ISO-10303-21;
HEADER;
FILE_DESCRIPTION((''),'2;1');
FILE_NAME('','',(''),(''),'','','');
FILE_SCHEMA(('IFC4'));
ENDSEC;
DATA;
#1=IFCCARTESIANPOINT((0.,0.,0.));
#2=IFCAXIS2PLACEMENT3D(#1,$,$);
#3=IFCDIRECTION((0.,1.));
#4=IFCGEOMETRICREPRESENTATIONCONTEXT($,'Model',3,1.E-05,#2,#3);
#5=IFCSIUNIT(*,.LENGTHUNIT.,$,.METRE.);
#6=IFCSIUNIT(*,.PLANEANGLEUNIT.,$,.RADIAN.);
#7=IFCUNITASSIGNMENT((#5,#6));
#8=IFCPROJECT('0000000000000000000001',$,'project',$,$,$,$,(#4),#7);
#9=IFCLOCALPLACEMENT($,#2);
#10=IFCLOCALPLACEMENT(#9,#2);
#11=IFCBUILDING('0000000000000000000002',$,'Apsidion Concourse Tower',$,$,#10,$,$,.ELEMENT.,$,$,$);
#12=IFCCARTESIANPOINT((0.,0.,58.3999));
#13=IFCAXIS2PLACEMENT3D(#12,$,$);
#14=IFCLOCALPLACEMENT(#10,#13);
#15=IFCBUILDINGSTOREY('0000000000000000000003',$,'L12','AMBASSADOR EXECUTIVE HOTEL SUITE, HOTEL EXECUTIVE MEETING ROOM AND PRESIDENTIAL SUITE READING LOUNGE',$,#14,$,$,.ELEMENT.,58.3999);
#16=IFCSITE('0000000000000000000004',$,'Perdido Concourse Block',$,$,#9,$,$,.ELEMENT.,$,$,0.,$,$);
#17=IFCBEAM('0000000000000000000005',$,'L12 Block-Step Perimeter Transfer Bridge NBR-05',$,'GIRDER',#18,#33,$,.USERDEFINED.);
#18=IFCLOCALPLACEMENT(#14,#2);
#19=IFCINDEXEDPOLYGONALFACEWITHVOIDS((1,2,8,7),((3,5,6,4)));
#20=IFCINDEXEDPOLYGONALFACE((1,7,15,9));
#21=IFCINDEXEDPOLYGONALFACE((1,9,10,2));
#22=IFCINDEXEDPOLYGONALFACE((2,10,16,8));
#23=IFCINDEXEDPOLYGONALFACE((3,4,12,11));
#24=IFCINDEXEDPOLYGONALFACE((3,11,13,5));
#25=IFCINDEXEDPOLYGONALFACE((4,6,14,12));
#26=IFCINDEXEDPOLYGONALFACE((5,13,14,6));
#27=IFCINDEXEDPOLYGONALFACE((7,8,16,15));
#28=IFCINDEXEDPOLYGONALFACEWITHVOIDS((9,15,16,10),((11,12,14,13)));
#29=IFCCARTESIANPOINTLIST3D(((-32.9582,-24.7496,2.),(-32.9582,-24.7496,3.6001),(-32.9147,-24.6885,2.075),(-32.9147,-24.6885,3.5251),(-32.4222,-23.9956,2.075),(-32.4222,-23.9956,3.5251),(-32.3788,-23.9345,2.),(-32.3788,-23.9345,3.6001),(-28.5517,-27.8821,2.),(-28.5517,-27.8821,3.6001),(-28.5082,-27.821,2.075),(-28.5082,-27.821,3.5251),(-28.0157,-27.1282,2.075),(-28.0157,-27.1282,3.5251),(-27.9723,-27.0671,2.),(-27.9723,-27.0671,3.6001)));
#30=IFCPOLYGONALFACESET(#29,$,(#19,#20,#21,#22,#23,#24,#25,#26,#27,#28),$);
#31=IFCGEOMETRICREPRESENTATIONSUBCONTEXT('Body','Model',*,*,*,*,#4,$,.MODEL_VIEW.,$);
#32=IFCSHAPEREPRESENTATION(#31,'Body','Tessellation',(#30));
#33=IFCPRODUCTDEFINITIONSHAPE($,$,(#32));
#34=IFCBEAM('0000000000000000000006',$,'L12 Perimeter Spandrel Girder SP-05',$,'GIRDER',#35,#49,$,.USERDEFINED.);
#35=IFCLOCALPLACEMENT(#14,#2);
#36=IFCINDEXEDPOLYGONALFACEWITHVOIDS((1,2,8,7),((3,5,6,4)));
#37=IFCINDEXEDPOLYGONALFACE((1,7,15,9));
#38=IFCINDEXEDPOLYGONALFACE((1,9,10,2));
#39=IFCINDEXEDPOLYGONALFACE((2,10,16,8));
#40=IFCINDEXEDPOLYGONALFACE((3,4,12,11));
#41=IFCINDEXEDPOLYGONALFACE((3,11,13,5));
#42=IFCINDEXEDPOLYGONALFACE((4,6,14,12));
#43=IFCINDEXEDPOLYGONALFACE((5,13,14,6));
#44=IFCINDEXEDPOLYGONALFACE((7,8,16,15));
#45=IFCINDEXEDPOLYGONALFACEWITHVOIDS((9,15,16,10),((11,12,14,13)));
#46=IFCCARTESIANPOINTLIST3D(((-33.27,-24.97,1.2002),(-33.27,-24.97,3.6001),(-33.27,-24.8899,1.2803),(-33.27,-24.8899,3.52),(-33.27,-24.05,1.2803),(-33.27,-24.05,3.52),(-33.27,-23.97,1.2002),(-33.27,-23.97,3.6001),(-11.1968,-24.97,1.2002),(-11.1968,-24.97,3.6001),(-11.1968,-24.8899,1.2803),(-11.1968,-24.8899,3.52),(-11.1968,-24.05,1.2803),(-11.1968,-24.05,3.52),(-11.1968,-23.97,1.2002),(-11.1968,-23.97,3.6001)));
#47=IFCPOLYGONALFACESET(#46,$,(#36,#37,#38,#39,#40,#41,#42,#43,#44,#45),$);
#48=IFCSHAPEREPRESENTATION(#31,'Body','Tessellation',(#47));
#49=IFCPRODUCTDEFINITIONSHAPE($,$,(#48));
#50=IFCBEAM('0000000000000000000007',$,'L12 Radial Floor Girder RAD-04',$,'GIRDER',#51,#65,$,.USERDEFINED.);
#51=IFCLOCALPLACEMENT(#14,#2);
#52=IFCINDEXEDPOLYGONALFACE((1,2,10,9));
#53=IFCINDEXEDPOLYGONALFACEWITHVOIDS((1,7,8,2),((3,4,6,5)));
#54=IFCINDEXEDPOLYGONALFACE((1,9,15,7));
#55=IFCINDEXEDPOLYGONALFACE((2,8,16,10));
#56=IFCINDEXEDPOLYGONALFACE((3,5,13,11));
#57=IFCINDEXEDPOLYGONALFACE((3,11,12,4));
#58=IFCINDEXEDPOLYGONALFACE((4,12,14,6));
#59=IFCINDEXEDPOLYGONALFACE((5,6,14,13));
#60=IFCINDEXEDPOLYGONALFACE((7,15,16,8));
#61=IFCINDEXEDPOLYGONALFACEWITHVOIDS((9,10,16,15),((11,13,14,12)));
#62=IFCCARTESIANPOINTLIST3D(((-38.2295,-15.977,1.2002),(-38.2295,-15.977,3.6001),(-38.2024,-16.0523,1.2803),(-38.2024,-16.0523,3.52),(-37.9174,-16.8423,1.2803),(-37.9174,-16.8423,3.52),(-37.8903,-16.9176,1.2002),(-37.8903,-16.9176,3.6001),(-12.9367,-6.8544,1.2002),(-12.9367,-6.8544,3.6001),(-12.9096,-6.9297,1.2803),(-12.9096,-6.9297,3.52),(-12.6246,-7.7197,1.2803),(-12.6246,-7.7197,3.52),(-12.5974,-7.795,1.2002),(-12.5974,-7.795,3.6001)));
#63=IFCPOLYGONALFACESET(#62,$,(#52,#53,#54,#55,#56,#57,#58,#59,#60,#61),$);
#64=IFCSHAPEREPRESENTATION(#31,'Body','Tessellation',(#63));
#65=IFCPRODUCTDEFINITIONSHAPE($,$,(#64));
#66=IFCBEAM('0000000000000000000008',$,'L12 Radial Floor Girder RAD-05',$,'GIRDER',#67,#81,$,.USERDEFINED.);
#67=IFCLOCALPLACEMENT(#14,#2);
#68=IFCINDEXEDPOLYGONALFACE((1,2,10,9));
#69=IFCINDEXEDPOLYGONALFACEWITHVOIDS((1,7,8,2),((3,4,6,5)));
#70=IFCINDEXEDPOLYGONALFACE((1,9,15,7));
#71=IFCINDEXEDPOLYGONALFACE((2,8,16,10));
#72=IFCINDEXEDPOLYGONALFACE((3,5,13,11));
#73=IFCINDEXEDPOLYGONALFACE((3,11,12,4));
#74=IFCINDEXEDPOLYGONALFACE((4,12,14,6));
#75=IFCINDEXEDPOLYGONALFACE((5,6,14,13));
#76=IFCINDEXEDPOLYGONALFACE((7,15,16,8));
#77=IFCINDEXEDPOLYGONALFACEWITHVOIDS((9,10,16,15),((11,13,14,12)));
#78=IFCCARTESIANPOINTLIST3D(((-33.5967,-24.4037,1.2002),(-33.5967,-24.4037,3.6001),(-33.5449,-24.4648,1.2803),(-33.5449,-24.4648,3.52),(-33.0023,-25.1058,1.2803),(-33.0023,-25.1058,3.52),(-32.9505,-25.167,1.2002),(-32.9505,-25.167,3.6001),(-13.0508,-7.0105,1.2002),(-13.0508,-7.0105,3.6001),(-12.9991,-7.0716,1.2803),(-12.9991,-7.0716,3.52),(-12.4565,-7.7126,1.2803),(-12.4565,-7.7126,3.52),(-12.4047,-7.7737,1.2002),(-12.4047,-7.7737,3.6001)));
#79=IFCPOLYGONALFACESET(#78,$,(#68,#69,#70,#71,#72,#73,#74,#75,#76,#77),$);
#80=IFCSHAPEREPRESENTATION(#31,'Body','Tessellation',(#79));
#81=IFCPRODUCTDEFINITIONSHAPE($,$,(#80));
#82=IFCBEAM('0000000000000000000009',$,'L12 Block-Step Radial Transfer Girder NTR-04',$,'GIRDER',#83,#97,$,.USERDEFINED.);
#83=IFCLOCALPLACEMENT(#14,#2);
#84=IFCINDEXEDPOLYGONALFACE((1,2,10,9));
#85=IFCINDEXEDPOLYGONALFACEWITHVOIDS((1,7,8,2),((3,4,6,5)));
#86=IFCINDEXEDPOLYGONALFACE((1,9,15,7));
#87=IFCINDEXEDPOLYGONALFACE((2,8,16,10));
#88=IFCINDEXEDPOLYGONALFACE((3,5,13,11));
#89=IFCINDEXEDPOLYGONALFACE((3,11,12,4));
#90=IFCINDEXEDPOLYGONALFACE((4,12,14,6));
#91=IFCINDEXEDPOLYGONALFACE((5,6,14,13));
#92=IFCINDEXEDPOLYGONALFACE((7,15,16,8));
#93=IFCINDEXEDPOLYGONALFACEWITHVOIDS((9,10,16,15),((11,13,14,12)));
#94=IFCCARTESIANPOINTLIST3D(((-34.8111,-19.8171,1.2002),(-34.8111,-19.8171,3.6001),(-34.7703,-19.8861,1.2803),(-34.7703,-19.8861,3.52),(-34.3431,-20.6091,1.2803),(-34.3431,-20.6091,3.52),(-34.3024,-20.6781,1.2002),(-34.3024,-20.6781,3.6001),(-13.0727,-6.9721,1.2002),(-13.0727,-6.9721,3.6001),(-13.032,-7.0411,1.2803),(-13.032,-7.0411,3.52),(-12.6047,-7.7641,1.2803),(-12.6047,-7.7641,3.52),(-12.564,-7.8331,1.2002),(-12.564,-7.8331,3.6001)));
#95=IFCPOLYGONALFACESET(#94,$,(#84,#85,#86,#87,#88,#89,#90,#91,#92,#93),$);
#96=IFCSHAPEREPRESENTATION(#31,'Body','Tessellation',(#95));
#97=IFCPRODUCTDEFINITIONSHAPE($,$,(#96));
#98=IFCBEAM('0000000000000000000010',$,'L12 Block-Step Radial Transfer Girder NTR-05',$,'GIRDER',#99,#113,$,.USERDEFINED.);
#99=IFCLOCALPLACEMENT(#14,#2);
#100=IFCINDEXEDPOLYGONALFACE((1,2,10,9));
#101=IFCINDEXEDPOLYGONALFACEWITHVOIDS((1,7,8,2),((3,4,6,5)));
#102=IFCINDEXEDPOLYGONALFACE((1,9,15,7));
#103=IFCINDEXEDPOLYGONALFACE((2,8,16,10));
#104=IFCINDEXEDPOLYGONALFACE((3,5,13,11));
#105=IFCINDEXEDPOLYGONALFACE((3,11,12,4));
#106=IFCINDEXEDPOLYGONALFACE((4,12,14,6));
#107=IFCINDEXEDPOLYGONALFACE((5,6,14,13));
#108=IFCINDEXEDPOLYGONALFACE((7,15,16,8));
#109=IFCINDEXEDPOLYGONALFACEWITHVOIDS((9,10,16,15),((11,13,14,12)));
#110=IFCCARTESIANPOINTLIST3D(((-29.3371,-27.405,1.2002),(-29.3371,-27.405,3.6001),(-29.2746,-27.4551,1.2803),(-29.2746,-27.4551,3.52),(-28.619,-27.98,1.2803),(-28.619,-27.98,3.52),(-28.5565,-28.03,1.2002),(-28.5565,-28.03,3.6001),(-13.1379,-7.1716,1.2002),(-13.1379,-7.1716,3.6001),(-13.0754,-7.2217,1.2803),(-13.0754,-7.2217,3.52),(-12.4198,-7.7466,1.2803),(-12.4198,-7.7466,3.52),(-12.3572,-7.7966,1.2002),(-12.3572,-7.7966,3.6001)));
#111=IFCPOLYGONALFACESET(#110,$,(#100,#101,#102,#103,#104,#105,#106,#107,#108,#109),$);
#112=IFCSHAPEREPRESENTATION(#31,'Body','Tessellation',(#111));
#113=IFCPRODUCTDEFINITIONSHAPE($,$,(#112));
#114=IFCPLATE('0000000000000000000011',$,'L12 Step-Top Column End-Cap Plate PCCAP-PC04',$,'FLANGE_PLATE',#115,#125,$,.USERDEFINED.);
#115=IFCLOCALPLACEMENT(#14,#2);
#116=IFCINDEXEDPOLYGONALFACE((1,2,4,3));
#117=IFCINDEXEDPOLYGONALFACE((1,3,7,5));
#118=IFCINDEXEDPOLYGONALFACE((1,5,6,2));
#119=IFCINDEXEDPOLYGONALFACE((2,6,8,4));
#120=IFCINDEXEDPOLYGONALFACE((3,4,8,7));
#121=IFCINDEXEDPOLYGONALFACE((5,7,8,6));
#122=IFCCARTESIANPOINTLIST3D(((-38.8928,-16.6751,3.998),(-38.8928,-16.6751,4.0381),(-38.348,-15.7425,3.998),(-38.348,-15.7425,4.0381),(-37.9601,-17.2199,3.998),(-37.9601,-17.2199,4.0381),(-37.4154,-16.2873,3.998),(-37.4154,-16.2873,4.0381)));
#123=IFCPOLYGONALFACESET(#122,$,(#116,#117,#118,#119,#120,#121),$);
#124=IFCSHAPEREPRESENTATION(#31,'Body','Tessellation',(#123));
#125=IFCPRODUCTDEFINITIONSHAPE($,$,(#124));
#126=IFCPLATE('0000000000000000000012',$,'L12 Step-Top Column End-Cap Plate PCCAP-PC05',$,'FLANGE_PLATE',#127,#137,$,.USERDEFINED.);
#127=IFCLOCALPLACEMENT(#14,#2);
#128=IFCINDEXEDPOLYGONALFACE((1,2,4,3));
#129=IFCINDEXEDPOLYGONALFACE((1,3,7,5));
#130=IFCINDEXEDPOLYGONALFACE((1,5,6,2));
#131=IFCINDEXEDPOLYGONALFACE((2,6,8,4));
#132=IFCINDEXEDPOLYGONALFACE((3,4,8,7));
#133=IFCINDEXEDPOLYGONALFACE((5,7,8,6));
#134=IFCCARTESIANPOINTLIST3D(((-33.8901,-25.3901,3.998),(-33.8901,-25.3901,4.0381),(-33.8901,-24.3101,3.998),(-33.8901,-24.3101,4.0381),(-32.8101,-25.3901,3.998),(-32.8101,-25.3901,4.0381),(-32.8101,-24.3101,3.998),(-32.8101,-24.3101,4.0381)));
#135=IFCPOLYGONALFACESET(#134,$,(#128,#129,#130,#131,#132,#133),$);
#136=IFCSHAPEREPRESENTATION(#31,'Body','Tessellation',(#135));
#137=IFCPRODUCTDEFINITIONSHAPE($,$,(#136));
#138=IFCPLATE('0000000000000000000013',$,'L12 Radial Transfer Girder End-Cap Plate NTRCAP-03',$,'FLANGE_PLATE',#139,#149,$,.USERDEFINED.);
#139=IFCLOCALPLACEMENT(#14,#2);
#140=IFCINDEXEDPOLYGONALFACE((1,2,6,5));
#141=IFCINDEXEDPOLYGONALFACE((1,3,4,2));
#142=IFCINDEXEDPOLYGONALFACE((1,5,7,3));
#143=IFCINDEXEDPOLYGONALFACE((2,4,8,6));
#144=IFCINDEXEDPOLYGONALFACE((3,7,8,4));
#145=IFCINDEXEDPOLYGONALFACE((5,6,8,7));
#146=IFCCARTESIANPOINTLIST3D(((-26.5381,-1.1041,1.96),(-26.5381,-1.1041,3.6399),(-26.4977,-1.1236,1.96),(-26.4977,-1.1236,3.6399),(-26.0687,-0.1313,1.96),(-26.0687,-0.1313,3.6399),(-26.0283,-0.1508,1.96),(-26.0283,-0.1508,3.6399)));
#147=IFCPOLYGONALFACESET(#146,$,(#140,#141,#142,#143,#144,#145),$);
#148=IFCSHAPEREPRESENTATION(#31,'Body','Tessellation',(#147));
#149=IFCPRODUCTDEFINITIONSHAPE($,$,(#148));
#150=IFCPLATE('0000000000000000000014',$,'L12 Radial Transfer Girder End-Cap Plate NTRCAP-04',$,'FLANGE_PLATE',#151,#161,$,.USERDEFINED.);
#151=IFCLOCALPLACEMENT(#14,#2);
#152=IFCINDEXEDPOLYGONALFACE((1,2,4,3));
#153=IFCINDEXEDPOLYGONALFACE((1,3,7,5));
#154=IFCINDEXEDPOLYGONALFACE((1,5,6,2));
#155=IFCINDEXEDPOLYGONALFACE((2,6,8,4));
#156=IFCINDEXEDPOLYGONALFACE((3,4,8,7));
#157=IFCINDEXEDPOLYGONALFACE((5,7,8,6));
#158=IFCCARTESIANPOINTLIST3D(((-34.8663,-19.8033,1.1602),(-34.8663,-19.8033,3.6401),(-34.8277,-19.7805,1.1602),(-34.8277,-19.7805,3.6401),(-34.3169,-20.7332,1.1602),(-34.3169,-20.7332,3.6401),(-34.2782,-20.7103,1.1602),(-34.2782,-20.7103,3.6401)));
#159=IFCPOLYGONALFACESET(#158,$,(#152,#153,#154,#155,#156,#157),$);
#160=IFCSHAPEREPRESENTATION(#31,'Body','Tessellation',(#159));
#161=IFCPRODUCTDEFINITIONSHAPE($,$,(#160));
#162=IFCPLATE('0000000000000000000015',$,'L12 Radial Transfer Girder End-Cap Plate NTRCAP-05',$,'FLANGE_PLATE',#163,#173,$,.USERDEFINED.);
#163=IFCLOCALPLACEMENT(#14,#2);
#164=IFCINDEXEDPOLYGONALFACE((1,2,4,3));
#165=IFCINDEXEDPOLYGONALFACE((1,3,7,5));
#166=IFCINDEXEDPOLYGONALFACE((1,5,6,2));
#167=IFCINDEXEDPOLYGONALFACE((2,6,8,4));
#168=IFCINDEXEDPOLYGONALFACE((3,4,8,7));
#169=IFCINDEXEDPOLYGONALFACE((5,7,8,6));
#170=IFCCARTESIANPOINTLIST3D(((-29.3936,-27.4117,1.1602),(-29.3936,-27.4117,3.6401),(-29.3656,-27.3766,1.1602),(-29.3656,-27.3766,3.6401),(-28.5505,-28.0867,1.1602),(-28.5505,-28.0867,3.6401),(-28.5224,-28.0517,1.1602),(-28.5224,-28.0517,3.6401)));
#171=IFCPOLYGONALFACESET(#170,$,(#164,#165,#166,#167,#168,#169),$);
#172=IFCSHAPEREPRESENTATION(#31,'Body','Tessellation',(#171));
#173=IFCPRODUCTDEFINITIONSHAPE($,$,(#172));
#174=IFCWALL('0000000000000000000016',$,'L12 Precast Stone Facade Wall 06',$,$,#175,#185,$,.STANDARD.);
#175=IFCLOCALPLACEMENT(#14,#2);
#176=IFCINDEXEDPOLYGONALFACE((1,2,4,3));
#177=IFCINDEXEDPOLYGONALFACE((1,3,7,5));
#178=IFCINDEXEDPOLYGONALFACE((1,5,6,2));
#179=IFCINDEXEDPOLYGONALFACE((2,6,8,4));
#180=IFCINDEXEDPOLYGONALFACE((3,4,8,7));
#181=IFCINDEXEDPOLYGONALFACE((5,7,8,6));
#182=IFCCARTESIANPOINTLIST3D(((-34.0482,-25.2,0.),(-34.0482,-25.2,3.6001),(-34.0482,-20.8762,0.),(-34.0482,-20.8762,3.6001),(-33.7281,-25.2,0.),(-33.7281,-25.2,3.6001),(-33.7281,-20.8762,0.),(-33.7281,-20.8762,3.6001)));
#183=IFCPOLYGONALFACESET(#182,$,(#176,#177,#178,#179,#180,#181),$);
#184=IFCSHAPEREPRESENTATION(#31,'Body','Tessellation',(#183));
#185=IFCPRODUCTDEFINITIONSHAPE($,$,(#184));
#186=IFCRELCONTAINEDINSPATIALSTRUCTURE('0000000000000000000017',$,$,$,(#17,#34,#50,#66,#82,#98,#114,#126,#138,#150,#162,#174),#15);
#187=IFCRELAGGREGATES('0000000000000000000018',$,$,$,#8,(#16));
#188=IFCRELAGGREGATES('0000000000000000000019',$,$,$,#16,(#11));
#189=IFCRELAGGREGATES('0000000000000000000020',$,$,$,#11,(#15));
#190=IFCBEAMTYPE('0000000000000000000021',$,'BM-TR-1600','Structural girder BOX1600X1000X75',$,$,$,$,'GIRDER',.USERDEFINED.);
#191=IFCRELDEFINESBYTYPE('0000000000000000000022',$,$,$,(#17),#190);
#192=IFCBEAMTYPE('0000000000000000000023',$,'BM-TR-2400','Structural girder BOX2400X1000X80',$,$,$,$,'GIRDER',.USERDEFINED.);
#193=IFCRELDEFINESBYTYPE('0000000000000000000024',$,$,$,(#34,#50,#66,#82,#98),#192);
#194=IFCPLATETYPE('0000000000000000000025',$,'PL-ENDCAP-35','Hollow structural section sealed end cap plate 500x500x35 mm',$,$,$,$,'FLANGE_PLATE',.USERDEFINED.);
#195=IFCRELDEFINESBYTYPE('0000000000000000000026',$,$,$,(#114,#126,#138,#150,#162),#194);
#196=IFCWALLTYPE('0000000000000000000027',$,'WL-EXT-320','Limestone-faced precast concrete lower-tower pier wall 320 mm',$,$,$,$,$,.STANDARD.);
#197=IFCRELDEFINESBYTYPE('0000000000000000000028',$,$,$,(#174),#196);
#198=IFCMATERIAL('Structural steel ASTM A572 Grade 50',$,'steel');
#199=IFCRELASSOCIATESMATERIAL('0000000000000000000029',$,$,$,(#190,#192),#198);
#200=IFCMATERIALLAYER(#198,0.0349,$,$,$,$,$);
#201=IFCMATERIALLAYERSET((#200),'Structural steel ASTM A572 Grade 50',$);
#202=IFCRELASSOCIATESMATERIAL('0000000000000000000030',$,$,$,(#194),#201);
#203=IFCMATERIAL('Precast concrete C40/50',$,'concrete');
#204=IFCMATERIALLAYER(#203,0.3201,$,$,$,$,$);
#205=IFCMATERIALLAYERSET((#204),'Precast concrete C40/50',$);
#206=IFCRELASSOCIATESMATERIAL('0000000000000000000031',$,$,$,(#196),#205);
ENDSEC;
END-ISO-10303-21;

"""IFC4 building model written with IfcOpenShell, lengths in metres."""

from ifc_helpers import new_model, si_unit, direction, frame, frame_2d, origin, origin_2d, place, context, subcontext, project, spatial, rectangle, hollow_rectangle, extrude, material, layer, layer_set, material_profile, profile_set, type_object, element, save


model = new_model("IFC4")

# Units and contexts
model_context = context("Model", 3, precision=1e-05, world=origin(), true_north=direction((0.0, 1.0)))
body_context = subcontext(model_context, "Body", "Model", "MODEL_VIEW")
ifc_project = project(units=[si_unit("LENGTHUNIT", "METRE"), si_unit("PLANEANGLEUNIT", "RADIAN")], contexts=[model_context])

# Site, building, storey
site_placement = place(None, origin())
site = spatial("IfcSite", under=ifc_project, at=site_placement, Name="Perdido Concourse Block", CompositionType="ELEMENT", RefElevation=0.0)
building_placement = place(site_placement, origin())
building = spatial("IfcBuilding", under=site, at=building_placement, Name="Apsidion Concourse Tower", CompositionType="ELEMENT")
storey_placement = place(building_placement, frame((0.0, 0.0, 58.3999)))
storey = spatial("IfcBuildingStorey", under=building, at=storey_placement, Name="L12", Description="AMBASSADOR EXECUTIVE HOTEL SUITE, HOTEL EXECUTIVE MEETING ROOM AND PRESIDENTIAL SUITE READING LOUNGE", CompositionType="ELEMENT", Elevation=58.3999)

# Shared definitions
ifc_material_1 = material(Name="Structural steel ASTM A572 Grade 50", Category="steel")

# Beams
ifc_material_profile_1 = material_profile(ifc_material_1, hollow_rectangle(XDim=1.0, YDim=1.6001, WallThickness=0.075, at=origin_2d()), Name="BOX1600X1000X75")
ifc_profile_set_1 = profile_set([ifc_material_profile_1], Name="Structural steel ASTM A572 Grade 50")
beam_type_1 = type_object("IfcBeamType", Name="BM-TR-1600", Description="Structural girder BOX1600X1000X75", ElementType="GIRDER", PredefinedType="USERDEFINED", material=ifc_profile_set_1)
beam_1_placement = place(storey_placement, frame((-32.6685, -24.342, 2.8), z_axis=(0.815037, -0.579408, 0.0), x_axis=(0.579408, 0.815037, 0.0)))
element("IfcBeam", 1, at=beam_1_placement, inside=storey, type_object=beam_type_1, Name="L12 Block-Step Perimeter Transfer Bridge NBR-05", ObjectType="GIRDER", PredefinedType="USERDEFINED", context=body_context, shape_type="SweptSolid", body=[
    extrude(hollow_rectangle(XDim=1.0, YDim=1.6001, WallThickness=0.075, at=origin_2d()), origin(), (0.0, 0.0, 1.0), 5.4065),
])
ifc_material_profile_2 = material_profile(ifc_material_1, hollow_rectangle(XDim=1.0, YDim=2.3999, WallThickness=0.0801, at=origin_2d()), Name="BOX2400X1000X80")
ifc_profile_set_2 = profile_set([ifc_material_profile_2], Name="Structural steel ASTM A572 Grade 50")
beam_type_2 = type_object("IfcBeamType", Name="BM-TR-2400", Description="Structural girder BOX2400X1000X80", ElementType="GIRDER", PredefinedType="USERDEFINED", material=ifc_profile_set_2)
beam_2_placement = place(storey_placement, frame((-33.27, -24.47, 2.4001), z_axis=(1.0, 0.0, 0.0), x_axis=(0.0, 1.0, 0.0)))
element("IfcBeam", 2, at=beam_2_placement, inside=storey, type_object=beam_type_2, Name="L12 Perimeter Spandrel Girder SP-05", ObjectType="GIRDER", PredefinedType="USERDEFINED", context=body_context, shape_type="SweptSolid", body=[
    extrude(hollow_rectangle(XDim=1.0, YDim=2.3999, WallThickness=0.0801, at=origin_2d()), origin(), (0.0, 0.0, 1.0), 22.0732),
])
beam_3_placement = place(storey_placement, frame((-12.7671, -7.3247, 2.4001), z_axis=(-0.940684, -0.339285, 0.0), x_axis=(0.339285, -0.940684, 0.0)))
element("IfcBeam", 3, at=beam_3_placement, inside=storey, type_object=beam_type_2, Name="L12 Radial Floor Girder RAD-04", ObjectType="GIRDER", PredefinedType="USERDEFINED", context=body_context, shape_type="SweptSolid", body=[
    extrude(hollow_rectangle(XDim=1.0, YDim=2.3999, WallThickness=0.0801, at=origin_2d()), origin(), (0.0, 0.0, 1.0), 26.8877),
])
beam_4_placement = place(storey_placement, frame((-12.7278, -7.3921, 2.4001), z_axis=(-0.763234, -0.646122, 0.0), x_axis=(0.646122, -0.763234, 0.0)))
element("IfcBeam", 4, at=beam_4_placement, inside=storey, type_object=beam_type_2, Name="L12 Radial Floor Girder RAD-05", ObjectType="GIRDER", PredefinedType="USERDEFINED", context=body_context, shape_type="SweptSolid", body=[
    extrude(hollow_rectangle(XDim=1.0, YDim=2.3999, WallThickness=0.0801, at=origin_2d()), origin(), (0.0, 0.0, 1.0), 26.9194),
])
beam_5_placement = place(storey_placement, frame((-12.8184, -7.4026, 2.4001), z_axis=(-0.860933, -0.508718, 0.0), x_axis=(0.508718, -0.860933, 0.0)))
element("IfcBeam", 5, at=beam_5_placement, inside=storey, type_object=beam_type_2, Name="L12 Block-Step Radial Transfer Girder NTR-04", ObjectType="GIRDER", PredefinedType="USERDEFINED", context=body_context, shape_type="SweptSolid", body=[
    extrude(hollow_rectangle(XDim=1.0, YDim=2.3999, WallThickness=0.0801, at=origin_2d()), origin(), (0.0, 0.0, 1.0), 25.2498),
])
beam_6_placement = place(storey_placement, frame((-12.7476, -7.4841, 2.4001), z_axis=(-0.624989, -0.780634, 0.0), x_axis=(0.780634, -0.624989, 0.0)))
element("IfcBeam", 6, at=beam_6_placement, inside=storey, type_object=beam_type_2, Name="L12 Block-Step Radial Transfer Girder NTR-05", ObjectType="GIRDER", PredefinedType="USERDEFINED", context=body_context, shape_type="SweptSolid", body=[
    extrude(hollow_rectangle(XDim=1.0, YDim=2.3999, WallThickness=0.0801, at=origin_2d()), origin(), (0.0, 0.0, 1.0), 25.9192),
])

# Plates
ifc_layer_1 = layer(ifc_material_1, 0.0349)
ifc_layer_set_1 = layer_set([ifc_layer_1], Name="Structural steel ASTM A572 Grade 50")
plate_type = type_object("IfcPlateType", Name="PL-ENDCAP-35", Description="Hollow structural section sealed end cap plate 500x500x35 mm", ElementType="FLANGE_PLATE", PredefinedType="USERDEFINED", material=ifc_layer_set_1)
for number, where, z_axis, x_axis, name in (
    (7, (-38.1541, -16.4812, 3.998), (0.0, 0.0, 1.0), (0.504377, 0.863484, 0.0), "L12 Step-Top Column End-Cap Plate PCCAP-PC04"),
    (8, (-33.3501, -24.8501, 3.998), (0.0, 0.0, 1.0), (1.0, 0.0, 0.0), "L12 Step-Top Column End-Cap Plate PCCAP-PC05"),
):
    element("IfcPlate", number, at=place(storey_placement, frame(where, z_axis=z_axis, x_axis=x_axis)), inside=storey, type_object=plate_type, Name=name, ObjectType="FLANGE_PLATE", PredefinedType="USERDEFINED", context=body_context, shape_type="SweptSolid", body=[
        extrude(rectangle(XDim=1.0801, YDim=1.0801, at=origin_2d()), origin(), (0.0, 0.0, 1.0), 0.04),
    ])
plate_placement = place(storey_placement, frame((-26.2832, -0.6274, 1.96), z_axis=(0.0, 0.0, 1.0), x_axis=(-0.900622, 0.434602, 0.0)))
element("IfcPlate", 9, at=plate_placement, inside=storey, type_object=plate_type, Name="L12 Radial Transfer Girder End-Cap Plate NTRCAP-03", ObjectType="FLANGE_PLATE", PredefinedType="USERDEFINED", context=body_context, shape_type="SweptSolid", body=[
    extrude(rectangle(XDim=0.0449, YDim=1.0801, at=origin_2d()), origin(), (0.0, 0.0, 1.0), 1.6799),
])
for number, where, z_axis, x_axis, name in (
    (10, (-34.5723, -20.2568, 1.1602), (0.0, 0.0, 1.0), (-0.86092, -0.508741, 0.0), "L12 Radial Transfer Girder End-Cap Plate NTRCAP-04"),
    (11, (-28.958, -27.7317, 1.1602), (0.0, 0.0, 1.0), (-0.62497, -0.780649, 0.0), "L12 Radial Transfer Girder End-Cap Plate NTRCAP-05"),
):
    element("IfcPlate", number, at=place(storey_placement, frame(where, z_axis=z_axis, x_axis=x_axis)), inside=storey, type_object=plate_type, Name=name, ObjectType="FLANGE_PLATE", PredefinedType="USERDEFINED", context=body_context, shape_type="SweptSolid", body=[
        extrude(rectangle(XDim=0.0449, YDim=1.0801, at=origin_2d()), origin(), (0.0, 0.0, 1.0), 2.48),
    ])

# Wall
ifc_material_2 = material(Name="Precast concrete C40/50", Category="concrete")
ifc_layer_2 = layer(ifc_material_2, 0.3201)
ifc_layer_set_2 = layer_set([ifc_layer_2], Name="Precast concrete C40/50")
wall_type_1 = type_object("IfcWallType", Name="WL-EXT-320", Description="Limestone-faced precast concrete lower-tower pier wall 320 mm", PredefinedType="STANDARD", material=ifc_layer_set_2)
wall_1_placement = place(storey_placement, frame((-33.8882, -25.2, 0.0), z_axis=(0.0, 0.0, 1.0), x_axis=(0.0, 1.0, 0.0)))
element("IfcWall", 12, at=wall_1_placement, inside=storey, type_object=wall_type_1, Name="L12 Precast Stone Facade Wall 06", PredefinedType="STANDARD", context=body_context, shape_type="SweptSolid", body=[
    extrude(rectangle(XDim=4.3237, YDim=0.3201, at=frame_2d((2.1619, 0.0))), origin(), (0.0, 0.0, 1.0), 3.6001),
])

save(model, "model.ifc")
